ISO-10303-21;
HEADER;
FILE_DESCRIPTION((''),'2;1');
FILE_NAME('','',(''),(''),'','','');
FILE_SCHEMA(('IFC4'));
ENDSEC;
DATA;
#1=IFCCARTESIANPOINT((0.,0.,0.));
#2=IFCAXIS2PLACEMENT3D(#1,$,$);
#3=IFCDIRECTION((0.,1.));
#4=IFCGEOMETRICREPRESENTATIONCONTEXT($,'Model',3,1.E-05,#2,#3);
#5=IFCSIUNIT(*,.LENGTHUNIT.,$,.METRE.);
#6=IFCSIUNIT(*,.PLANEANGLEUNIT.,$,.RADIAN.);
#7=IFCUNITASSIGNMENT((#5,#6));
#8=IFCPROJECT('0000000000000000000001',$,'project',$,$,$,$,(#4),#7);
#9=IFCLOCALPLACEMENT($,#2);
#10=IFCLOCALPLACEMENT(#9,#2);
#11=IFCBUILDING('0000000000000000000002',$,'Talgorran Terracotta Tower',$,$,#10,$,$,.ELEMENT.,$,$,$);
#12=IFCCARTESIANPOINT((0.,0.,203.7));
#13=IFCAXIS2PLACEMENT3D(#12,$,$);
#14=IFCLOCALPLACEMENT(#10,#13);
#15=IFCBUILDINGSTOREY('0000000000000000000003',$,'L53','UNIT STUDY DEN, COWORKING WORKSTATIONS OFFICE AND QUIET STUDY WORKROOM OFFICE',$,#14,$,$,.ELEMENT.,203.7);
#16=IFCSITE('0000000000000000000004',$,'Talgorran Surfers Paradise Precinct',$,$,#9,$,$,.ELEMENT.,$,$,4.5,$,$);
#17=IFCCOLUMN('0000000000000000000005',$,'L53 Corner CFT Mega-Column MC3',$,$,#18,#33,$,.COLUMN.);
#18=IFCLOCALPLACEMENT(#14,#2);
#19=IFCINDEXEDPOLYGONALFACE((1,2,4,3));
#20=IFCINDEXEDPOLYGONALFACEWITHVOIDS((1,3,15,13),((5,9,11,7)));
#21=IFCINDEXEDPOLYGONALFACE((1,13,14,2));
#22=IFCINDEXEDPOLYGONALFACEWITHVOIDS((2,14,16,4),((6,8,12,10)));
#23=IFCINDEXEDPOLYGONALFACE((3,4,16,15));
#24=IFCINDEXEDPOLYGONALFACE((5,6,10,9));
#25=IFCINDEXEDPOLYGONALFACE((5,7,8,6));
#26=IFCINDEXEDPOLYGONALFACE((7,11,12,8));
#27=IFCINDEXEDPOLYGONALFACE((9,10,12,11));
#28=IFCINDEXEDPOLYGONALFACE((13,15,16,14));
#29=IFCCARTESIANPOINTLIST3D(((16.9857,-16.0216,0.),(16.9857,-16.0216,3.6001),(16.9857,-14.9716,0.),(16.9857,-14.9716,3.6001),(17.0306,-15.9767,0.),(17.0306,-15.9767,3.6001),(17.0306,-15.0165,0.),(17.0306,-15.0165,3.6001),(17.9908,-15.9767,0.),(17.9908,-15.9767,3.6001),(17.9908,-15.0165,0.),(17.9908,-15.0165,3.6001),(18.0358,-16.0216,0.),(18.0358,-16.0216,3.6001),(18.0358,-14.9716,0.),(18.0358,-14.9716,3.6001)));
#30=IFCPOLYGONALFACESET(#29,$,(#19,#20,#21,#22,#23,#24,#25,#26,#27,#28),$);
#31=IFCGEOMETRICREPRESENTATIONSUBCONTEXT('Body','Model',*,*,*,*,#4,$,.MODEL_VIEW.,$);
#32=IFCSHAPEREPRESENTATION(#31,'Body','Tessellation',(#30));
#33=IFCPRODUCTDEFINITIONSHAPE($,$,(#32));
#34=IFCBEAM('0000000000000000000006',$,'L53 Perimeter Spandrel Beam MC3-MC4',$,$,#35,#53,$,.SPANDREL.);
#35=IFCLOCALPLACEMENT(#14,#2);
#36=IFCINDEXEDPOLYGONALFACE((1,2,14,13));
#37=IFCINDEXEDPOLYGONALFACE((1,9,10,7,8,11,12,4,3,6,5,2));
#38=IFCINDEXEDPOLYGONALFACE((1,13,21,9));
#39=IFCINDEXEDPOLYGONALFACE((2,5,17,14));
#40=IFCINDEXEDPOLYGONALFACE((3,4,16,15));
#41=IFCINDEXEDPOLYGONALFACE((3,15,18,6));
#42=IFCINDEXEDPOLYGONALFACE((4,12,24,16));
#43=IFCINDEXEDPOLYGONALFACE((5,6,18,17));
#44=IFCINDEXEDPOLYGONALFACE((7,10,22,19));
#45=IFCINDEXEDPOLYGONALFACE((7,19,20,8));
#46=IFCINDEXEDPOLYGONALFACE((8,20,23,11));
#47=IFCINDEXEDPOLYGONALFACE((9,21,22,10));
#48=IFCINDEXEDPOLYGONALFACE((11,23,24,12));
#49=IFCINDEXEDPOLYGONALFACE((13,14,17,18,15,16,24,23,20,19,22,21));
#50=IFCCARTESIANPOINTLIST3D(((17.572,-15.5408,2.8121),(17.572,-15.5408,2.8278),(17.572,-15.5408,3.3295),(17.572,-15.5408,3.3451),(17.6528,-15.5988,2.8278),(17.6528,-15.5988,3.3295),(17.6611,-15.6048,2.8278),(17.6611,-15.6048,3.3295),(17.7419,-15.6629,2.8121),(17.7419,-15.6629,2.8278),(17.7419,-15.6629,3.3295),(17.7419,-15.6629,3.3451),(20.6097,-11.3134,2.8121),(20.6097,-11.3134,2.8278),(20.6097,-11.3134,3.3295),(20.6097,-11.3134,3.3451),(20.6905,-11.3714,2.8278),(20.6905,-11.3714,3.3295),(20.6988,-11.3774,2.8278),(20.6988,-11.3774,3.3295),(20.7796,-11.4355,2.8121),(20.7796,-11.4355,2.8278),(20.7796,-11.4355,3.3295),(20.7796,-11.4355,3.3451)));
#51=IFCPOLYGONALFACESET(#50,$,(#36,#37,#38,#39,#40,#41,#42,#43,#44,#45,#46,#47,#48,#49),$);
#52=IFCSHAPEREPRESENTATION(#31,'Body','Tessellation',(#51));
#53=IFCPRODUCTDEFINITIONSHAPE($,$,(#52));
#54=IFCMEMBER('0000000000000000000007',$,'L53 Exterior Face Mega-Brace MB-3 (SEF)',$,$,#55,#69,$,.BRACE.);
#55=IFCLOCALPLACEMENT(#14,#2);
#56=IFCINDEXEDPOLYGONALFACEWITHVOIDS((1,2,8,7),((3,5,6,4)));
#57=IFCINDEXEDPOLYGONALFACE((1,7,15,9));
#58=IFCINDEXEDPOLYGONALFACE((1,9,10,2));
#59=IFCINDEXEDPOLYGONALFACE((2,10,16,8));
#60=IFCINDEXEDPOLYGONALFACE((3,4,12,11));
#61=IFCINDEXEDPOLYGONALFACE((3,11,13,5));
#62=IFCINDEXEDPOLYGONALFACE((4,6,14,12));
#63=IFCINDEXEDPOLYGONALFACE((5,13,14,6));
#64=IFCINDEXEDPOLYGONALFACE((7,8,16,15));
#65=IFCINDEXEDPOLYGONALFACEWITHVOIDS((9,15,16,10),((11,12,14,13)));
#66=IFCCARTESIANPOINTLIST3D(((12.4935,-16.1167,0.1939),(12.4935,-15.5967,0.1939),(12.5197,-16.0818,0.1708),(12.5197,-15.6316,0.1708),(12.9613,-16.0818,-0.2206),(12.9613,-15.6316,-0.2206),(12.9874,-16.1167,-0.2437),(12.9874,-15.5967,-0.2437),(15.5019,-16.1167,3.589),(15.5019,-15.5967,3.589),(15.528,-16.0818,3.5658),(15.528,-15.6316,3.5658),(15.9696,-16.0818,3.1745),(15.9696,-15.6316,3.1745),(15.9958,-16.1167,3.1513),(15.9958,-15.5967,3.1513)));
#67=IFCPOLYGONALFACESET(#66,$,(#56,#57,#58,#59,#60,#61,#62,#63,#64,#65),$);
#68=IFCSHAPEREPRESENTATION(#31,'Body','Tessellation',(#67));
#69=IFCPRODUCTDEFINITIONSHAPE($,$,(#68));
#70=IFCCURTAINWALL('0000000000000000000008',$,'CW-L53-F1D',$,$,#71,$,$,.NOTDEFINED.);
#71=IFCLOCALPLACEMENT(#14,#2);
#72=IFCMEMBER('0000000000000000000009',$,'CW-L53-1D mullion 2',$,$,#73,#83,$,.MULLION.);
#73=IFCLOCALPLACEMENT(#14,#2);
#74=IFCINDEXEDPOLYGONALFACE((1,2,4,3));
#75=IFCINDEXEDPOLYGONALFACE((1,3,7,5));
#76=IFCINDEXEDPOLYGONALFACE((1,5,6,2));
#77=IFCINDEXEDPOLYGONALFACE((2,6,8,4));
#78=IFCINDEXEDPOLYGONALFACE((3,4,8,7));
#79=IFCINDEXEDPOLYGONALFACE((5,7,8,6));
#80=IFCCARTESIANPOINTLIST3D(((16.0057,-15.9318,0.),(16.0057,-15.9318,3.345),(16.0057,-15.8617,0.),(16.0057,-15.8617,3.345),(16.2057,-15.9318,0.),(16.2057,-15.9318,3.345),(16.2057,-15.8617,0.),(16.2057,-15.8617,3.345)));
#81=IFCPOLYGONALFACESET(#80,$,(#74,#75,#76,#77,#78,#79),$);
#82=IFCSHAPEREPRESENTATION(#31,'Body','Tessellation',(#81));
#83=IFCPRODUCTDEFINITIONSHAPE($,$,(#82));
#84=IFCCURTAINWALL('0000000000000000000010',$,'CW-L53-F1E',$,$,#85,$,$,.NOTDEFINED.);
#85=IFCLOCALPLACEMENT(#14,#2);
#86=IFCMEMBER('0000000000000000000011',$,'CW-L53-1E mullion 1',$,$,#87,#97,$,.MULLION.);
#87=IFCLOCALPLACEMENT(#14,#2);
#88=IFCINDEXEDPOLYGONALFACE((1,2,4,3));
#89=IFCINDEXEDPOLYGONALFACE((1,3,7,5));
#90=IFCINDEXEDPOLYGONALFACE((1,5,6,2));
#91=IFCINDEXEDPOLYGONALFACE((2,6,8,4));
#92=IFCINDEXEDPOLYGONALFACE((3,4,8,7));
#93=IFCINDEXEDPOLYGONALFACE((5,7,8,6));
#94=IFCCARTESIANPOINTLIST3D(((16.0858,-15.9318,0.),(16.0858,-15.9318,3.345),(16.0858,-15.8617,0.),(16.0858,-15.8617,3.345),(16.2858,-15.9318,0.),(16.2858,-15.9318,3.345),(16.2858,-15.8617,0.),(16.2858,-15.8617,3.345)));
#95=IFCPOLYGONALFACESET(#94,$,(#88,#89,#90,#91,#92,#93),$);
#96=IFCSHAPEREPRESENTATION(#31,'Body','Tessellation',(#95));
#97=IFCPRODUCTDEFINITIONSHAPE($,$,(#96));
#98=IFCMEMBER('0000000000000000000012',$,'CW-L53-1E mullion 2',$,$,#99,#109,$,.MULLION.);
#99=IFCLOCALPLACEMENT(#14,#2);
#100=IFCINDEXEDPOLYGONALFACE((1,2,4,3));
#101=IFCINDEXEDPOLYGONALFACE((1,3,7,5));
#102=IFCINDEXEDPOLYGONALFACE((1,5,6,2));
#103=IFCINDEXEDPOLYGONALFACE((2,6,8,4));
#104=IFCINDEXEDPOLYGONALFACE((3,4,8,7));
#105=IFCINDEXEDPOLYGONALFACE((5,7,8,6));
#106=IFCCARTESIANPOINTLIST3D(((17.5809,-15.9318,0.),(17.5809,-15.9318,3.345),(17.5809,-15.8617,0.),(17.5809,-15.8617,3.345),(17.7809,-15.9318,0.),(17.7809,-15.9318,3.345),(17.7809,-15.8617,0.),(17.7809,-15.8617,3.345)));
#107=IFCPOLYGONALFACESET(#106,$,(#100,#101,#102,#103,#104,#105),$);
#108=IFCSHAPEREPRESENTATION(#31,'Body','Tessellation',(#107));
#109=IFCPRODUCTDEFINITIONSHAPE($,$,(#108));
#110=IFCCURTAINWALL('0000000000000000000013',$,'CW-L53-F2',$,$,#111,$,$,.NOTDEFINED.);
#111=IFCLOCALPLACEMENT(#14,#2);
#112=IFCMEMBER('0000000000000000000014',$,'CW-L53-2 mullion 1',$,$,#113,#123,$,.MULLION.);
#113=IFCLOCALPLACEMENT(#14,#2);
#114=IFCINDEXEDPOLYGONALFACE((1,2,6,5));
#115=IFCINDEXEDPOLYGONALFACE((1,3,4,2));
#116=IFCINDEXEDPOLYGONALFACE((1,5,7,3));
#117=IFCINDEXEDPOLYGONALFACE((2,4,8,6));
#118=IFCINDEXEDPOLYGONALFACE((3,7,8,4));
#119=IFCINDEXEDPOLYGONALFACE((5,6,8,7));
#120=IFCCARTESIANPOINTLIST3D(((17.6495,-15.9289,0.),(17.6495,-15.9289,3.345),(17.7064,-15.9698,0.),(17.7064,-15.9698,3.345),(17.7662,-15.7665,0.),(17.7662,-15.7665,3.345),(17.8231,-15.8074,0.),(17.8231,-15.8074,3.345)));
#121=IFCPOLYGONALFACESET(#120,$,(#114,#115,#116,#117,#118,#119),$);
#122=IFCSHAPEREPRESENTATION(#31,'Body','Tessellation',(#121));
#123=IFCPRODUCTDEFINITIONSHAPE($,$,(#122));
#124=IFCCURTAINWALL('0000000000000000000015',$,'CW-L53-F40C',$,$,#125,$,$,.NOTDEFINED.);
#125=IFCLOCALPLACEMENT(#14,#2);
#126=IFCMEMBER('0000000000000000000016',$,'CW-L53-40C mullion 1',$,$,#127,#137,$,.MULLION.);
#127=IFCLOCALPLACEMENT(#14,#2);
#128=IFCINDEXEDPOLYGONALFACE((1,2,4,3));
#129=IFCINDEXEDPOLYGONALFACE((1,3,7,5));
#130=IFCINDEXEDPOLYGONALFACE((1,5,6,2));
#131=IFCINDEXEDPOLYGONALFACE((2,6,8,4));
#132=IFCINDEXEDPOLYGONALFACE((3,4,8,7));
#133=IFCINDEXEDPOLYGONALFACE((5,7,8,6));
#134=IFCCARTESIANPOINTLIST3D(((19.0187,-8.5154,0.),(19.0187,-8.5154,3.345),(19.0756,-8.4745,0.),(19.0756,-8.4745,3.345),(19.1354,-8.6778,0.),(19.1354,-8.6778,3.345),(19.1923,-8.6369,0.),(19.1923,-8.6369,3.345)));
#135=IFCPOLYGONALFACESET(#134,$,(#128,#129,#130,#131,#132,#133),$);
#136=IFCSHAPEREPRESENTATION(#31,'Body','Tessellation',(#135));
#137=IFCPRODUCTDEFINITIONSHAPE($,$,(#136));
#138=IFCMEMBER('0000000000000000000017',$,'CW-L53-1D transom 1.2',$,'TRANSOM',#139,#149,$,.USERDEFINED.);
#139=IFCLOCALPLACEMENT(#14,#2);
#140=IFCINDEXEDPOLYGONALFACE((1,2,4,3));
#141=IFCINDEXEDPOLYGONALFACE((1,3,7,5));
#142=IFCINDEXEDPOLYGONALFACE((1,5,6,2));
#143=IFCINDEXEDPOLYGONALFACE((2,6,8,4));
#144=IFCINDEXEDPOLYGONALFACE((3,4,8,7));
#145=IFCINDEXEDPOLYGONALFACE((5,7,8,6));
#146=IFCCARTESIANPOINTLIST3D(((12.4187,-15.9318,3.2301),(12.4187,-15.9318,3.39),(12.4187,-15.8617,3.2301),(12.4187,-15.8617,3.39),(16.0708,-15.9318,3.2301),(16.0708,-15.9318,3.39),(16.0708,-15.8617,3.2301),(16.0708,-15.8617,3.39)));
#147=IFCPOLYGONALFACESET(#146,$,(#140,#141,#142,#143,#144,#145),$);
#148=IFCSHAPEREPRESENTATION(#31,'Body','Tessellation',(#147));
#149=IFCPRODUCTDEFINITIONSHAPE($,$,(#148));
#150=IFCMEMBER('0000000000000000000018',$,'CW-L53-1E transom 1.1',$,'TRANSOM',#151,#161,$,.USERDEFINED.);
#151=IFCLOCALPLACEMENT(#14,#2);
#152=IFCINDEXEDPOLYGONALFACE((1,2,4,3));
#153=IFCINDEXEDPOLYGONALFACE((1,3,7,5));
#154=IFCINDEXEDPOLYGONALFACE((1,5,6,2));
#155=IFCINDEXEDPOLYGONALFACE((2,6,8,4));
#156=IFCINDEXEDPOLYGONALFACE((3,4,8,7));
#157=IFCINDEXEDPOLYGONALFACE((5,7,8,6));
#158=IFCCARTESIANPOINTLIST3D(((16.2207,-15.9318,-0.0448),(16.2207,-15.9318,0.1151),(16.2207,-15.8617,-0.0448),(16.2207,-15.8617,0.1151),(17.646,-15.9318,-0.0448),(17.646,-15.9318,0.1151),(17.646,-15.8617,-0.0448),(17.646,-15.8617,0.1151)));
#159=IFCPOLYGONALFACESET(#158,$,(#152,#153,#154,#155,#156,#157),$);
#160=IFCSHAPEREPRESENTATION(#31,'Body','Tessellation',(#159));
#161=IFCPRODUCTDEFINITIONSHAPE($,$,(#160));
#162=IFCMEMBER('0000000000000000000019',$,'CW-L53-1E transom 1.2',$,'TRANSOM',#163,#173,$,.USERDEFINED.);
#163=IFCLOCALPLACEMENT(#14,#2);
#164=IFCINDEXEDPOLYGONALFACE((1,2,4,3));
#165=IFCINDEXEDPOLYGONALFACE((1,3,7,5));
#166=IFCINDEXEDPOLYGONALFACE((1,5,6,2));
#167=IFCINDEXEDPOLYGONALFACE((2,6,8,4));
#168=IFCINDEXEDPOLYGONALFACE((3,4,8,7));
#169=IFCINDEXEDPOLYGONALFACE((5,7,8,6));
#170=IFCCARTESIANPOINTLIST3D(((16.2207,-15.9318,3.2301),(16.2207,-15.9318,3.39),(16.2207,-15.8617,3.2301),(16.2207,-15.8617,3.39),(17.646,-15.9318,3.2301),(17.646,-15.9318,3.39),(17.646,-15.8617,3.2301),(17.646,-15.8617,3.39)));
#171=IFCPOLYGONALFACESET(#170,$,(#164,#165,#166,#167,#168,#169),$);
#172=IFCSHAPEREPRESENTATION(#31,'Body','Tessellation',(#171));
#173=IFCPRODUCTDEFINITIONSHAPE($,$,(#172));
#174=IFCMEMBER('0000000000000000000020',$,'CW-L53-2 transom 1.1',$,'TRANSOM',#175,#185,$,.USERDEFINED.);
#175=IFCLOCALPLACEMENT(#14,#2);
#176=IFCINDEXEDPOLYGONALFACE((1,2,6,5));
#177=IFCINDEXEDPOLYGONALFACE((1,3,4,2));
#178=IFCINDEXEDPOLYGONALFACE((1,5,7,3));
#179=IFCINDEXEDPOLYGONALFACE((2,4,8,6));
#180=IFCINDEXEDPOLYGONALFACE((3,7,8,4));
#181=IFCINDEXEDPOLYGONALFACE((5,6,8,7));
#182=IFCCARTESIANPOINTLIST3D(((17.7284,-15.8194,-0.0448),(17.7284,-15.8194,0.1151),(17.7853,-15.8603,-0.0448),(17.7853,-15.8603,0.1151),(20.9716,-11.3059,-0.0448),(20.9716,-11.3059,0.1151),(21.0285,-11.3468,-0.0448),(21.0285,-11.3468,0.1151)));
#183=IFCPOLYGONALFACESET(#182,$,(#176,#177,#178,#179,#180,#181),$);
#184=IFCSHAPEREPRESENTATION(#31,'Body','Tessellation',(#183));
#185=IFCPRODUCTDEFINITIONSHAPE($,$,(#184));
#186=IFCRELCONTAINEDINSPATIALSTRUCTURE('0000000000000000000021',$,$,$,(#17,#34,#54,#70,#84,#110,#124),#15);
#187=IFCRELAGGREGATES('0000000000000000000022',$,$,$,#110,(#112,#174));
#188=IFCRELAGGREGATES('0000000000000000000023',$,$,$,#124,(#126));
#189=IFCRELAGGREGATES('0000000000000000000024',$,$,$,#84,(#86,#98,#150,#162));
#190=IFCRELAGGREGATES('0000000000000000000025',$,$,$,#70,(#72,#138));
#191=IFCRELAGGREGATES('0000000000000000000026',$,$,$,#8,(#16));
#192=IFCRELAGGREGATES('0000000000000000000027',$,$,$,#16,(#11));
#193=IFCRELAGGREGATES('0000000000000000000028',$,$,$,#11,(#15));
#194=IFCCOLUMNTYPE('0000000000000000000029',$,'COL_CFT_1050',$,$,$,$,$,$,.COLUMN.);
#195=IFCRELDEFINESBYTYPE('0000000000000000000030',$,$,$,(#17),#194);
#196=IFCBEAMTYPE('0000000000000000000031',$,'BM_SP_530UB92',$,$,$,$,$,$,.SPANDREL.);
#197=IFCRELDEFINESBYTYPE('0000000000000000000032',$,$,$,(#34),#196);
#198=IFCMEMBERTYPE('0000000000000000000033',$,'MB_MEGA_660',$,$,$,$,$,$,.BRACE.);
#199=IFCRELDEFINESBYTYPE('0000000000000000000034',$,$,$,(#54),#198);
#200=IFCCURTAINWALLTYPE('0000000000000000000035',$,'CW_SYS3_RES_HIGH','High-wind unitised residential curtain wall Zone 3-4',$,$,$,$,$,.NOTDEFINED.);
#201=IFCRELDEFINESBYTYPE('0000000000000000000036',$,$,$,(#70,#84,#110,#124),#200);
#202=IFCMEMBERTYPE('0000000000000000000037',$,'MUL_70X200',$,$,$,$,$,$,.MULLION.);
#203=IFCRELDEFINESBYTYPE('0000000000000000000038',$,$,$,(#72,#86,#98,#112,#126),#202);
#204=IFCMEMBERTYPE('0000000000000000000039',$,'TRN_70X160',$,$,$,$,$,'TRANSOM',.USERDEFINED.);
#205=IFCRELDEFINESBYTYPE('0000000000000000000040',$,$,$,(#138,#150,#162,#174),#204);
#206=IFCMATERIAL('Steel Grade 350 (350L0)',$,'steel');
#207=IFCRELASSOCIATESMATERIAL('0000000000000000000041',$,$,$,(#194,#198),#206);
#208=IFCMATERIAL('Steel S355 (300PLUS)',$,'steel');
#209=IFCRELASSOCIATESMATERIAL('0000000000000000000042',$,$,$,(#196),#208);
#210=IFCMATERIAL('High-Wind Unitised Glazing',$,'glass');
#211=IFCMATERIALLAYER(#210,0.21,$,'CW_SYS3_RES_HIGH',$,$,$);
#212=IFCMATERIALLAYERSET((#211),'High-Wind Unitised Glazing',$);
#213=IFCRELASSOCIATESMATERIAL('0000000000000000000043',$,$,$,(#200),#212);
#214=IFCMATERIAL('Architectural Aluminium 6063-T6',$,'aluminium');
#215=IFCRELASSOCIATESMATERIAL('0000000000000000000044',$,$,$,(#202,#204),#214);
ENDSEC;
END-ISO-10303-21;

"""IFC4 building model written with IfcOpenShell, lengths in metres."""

from ifc_helpers import new_model, si_unit, direction, frame, origin, origin_2d, place, context, subcontext, project, spatial, rectangle, hollow_rectangle, i_section, extrude, material, layer, layer_set, material_profile, profile_set, type_object, element, aggregate, save


model = new_model("IFC4")

# Units and contexts
model_context = context("Model", 3, precision=1e-05, world=origin(), true_north=direction((0.0, 1.0)))
body_context = subcontext(model_context, "Body", "Model", "MODEL_VIEW")
ifc_project = project(units=[si_unit("LENGTHUNIT", "METRE"), si_unit("PLANEANGLEUNIT", "RADIAN")], contexts=[model_context])

# Site, building, storey
site_placement = place(None, origin())
site = spatial("IfcSite", under=ifc_project, at=site_placement, Name="Talgorran Surfers Paradise Precinct", CompositionType="ELEMENT", RefElevation=4.5)
building_placement = place(site_placement, origin())
building = spatial("IfcBuilding", under=site, at=building_placement, Name="Talgorran Terracotta Tower", CompositionType="ELEMENT")
storey_placement = place(building_placement, frame((0.0, 0.0, 203.7)))
storey = spatial("IfcBuildingStorey", under=building, at=storey_placement, Name="L53", Description="UNIT STUDY DEN, COWORKING WORKSTATIONS OFFICE AND QUIET STUDY WORKROOM OFFICE", CompositionType="ELEMENT", Elevation=203.7)

# Column
ifc_material_1 = material(Name="Steel Grade 350 (350L0)", Category="steel")
ifc_material_profile_1 = material_profile(ifc_material_1, hollow_rectangle(XDim=1.05, YDim=1.05, WallThickness=0.0449, at=origin_2d()), Name="CFT1050X1050X45")
ifc_profile_set_1 = profile_set([ifc_material_profile_1], Name="Steel Grade 350 (350L0)")
column_type = type_object("IfcColumnType", Name="COL_CFT_1050", PredefinedType="COLUMN", material=ifc_profile_set_1)
column_placement = place(storey_placement, frame((17.5107, -15.4966, 0.0), z_axis=(0.0, 0.0, 1.0), x_axis=(1.0, 0.0, 0.0)))
element("IfcColumn", 1, at=column_placement, inside=storey, type_object=column_type, Name="L53 Corner CFT Mega-Column MC3", PredefinedType="COLUMN", context=body_context, shape_type="SweptSolid", body=[
    extrude(hollow_rectangle(XDim=1.05, YDim=1.05, WallThickness=0.0449, at=origin_2d()), origin(), (0.0, 0.0, 1.0), 3.6001),
])

# Beam
ifc_material_2 = material(Name="Steel S355 (300PLUS)", Category="steel")
ifc_material_profile_2 = material_profile(ifc_material_2, i_section(OverallWidth=0.2092, OverallDepth=0.533, WebThickness=0.0103, FlangeThickness=0.0156, at=origin_2d()), Name="530UB92.4")
ifc_profile_set_2 = profile_set([ifc_material_profile_2], Name="Steel S355 (300PLUS)")
beam_type = type_object("IfcBeamType", Name="BM_SP_530UB92", PredefinedType="SPANDREL", material=ifc_profile_set_2)
beam_placement = place(storey_placement, frame((17.657, -15.6018, 3.0786), z_axis=(0.583538, 0.812086, 0.0), x_axis=(-0.812086, 0.583538, 0.0)))
element("IfcBeam", 2, at=beam_placement, inside=storey, type_object=beam_type, Name="L53 Perimeter Spandrel Beam MC3-MC4", PredefinedType="SPANDREL", context=body_context, shape_type="SweptSolid", body=[
    extrude(i_section(OverallWidth=0.2092, OverallDepth=0.533, WebThickness=0.0103, FlangeThickness=0.0156, at=origin_2d()), origin(), (0.0, 0.0, 1.0), 5.2056),
])

# Member
ifc_material_profile_3 = material_profile(ifc_material_1, hollow_rectangle(XDim=0.52, YDim=0.6599, WallThickness=0.0349, at=origin_2d()), Name="WBOX660X520X35")
ifc_profile_set_3 = profile_set([ifc_material_profile_3], Name="Steel Grade 350 (350L0)")
member_type_1 = type_object("IfcMemberType", Name="MB_MEGA_660", PredefinedType="BRACE", material=ifc_profile_set_3)
member_1_placement = place(storey_placement, frame((12.7405, -15.8567, -0.0249), z_axis=(0.663194, 0.0, 0.748448), x_axis=(0.0, 1.0, 0.0)))
element("IfcMember", 3, at=member_1_placement, inside=storey, type_object=member_type_1, Name="L53 Exterior Face Mega-Brace MB-3 (SEF)", PredefinedType="BRACE", context=body_context, shape_type="SweptSolid", body=[
    extrude(hollow_rectangle(XDim=0.52, YDim=0.6599, WallThickness=0.0349, at=origin_2d()), origin(), (0.0, 0.0, 1.0), 4.5361),
])

# Curtain wall, member
ifc_material_3 = material(Name="High-Wind Unitised Glazing", Category="glass")
ifc_layer_1 = layer(ifc_material_3, 0.21, Name="CW_SYS3_RES_HIGH")
ifc_layer_set_1 = layer_set([ifc_layer_1], Name="High-Wind Unitised Glazing")
curtain_wall_type = type_object("IfcCurtainWallType", Name="CW_SYS3_RES_HIGH", Description="High-wind unitised residential curtain wall Zone 3-4", PredefinedType="NOTDEFINED", material=ifc_layer_set_1)
curtain_wall_1_placement = place(storey_placement, origin())
curtain_wall_1 = element("IfcCurtainWall", 4, at=curtain_wall_1_placement, inside=storey, type_object=curtain_wall_type, Name="CW-L53-F1D", PredefinedType="NOTDEFINED")
ifc_material_4 = material(Name="Architectural Aluminium 6063-T6", Category="aluminium")
ifc_material_profile_4 = material_profile(ifc_material_4, rectangle(XDim=0.0701, YDim=0.2, at=origin_2d()), Name="CWM70X200")
ifc_profile_set_4 = profile_set([ifc_material_profile_4], Name="Architectural Aluminium 6063-T6")
member_type_2 = type_object("IfcMemberType", Name="MUL_70X200", PredefinedType="MULLION", material=ifc_profile_set_4)
member_2_placement = place(storey_placement, frame((16.1057, -15.8967, 0.0), z_axis=(0.0, 0.0, 1.0), x_axis=(0.0, 1.0, 0.0)))
member_2 = element("IfcMember", 5, at=member_2_placement, type_object=member_type_2, Name="CW-L53-1D mullion 2", PredefinedType="MULLION", context=body_context, shape_type="SweptSolid", body=[
    extrude(rectangle(XDim=0.0701, YDim=0.2, at=origin_2d()), origin(), (0.0, 0.0, 1.0), 3.345),
])

# Curtain wall, members
curtain_wall_2_placement = place(storey_placement, origin())
curtain_wall_2 = element("IfcCurtainWall", 6, at=curtain_wall_2_placement, inside=storey, type_object=curtain_wall_type, Name="CW-L53-F1E", PredefinedType="NOTDEFINED")
member_3_placement = place(storey_placement, frame((16.1858, -15.8967, 0.0), z_axis=(0.0, 0.0, 1.0), x_axis=(0.0, 1.0, 0.0)))
member_3 = element("IfcMember", 7, at=member_3_placement, type_object=member_type_2, Name="CW-L53-1E mullion 1", PredefinedType="MULLION", context=body_context, shape_type="SweptSolid", body=[
    extrude(rectangle(XDim=0.0701, YDim=0.2, at=origin_2d()), origin(), (0.0, 0.0, 1.0), 3.345),
])
member_4_placement = place(storey_placement, frame((17.6809, -15.8967, 0.0), z_axis=(0.0, 0.0, 1.0), x_axis=(0.0, 1.0, 0.0)))
member_4 = element("IfcMember", 8, at=member_4_placement, type_object=member_type_2, Name="CW-L53-1E mullion 2", PredefinedType="MULLION", context=body_context, shape_type="SweptSolid", body=[
    extrude(rectangle(XDim=0.0701, YDim=0.2, at=origin_2d()), origin(), (0.0, 0.0, 1.0), 3.345),
])

# Curtain walls, members
curtain_wall_3_placement = place(storey_placement, origin())
curtain_wall_3 = element("IfcCurtainWall", 9, at=curtain_wall_3_placement, inside=storey, type_object=curtain_wall_type, Name="CW-L53-F2", PredefinedType="NOTDEFINED")
member_5_placement = place(storey_placement, frame((17.7363, -15.8682, 0.0), z_axis=(0.0, 0.0, 1.0), x_axis=(-0.812076, 0.583552, 0.0)))
member_5 = element("IfcMember", 10, at=member_5_placement, type_object=member_type_2, Name="CW-L53-2 mullion 1", PredefinedType="MULLION", context=body_context, shape_type="SweptSolid", body=[
    extrude(rectangle(XDim=0.0701, YDim=0.2, at=origin_2d()), origin(), (0.0, 0.0, 1.0), 3.345),
])
curtain_wall_4_placement = place(storey_placement, origin())
curtain_wall_4 = element("IfcCurtainWall", 11, at=curtain_wall_4_placement, inside=storey, type_object=curtain_wall_type, Name="CW-L53-F40C", PredefinedType="NOTDEFINED")
member_6_placement = place(storey_placement, frame((19.1055, -8.5762, 0.0), z_axis=(0.0, 0.0, 1.0), x_axis=(-0.812076, -0.583552, 0.0)))
member_6 = element("IfcMember", 12, at=member_6_placement, type_object=member_type_2, Name="CW-L53-40C mullion 1", PredefinedType="MULLION", context=body_context, shape_type="SweptSolid", body=[
    extrude(rectangle(XDim=0.0701, YDim=0.2, at=origin_2d()), origin(), (0.0, 0.0, 1.0), 3.345),
])

# Members
ifc_material_profile_5 = material_profile(ifc_material_4, rectangle(XDim=0.0701, YDim=0.1599, at=origin_2d()), Name="CWT70X160")
ifc_profile_set_5 = profile_set([ifc_material_profile_5], Name="Architectural Aluminium 6063-T6")
member_type_3 = type_object("IfcMemberType", Name="TRN_70X160", ElementType="TRANSOM", PredefinedType="USERDEFINED", material=ifc_profile_set_5)
member_7_placement = place(storey_placement, frame((12.4187, -15.8967, 3.3101), z_axis=(1.0, 0.0, 0.0), x_axis=(0.0, 1.0, 0.0)))
member_7 = element("IfcMember", 13, at=member_7_placement, type_object=member_type_3, Name="CW-L53-1D transom 1.2", ObjectType="TRANSOM", PredefinedType="USERDEFINED", context=body_context, shape_type="SweptSolid", body=[
    extrude(rectangle(XDim=0.0701, YDim=0.1599, at=origin_2d()), origin(), (0.0, 0.0, 1.0), 3.6521),
])
member_8_placement = place(storey_placement, frame((16.2207, -15.8967, 0.0352), z_axis=(1.0, 0.0, 0.0), x_axis=(0.0, 1.0, 0.0)))
member_8 = element("IfcMember", 14, at=member_8_placement, type_object=member_type_3, Name="CW-L53-1E transom 1.1", ObjectType="TRANSOM", PredefinedType="USERDEFINED", context=body_context, shape_type="SweptSolid", body=[
    extrude(rectangle(XDim=0.0701, YDim=0.1599, at=origin_2d()), origin(), (0.0, 0.0, 1.0), 1.4253),
])
member_9_placement = place(storey_placement, frame((16.2207, -15.8967, 3.3101), z_axis=(1.0, 0.0, 0.0), x_axis=(0.0, 1.0, 0.0)))
member_9 = element("IfcMember", 15, at=member_9_placement, type_object=member_type_3, Name="CW-L53-1E transom 1.2", ObjectType="TRANSOM", PredefinedType="USERDEFINED", context=body_context, shape_type="SweptSolid", body=[
    extrude(rectangle(XDim=0.0701, YDim=0.1599, at=origin_2d()), origin(), (0.0, 0.0, 1.0), 1.4253),
])
member_10_placement = place(storey_placement, frame((17.7568, -15.8398, 0.0352), z_axis=(0.583534, 0.812089, 0.0), x_axis=(-0.812089, 0.583534, 0.0)))
member_10 = element("IfcMember", 16, at=member_10_placement, type_object=member_type_3, Name="CW-L53-2 transom 1.1", ObjectType="TRANSOM", PredefinedType="USERDEFINED", context=body_context, shape_type="SweptSolid", body=[
    extrude(rectangle(XDim=0.0701, YDim=0.1599, at=origin_2d()), origin(), (0.0, 0.0, 1.0), 5.5579),
])
aggregate(curtain_wall_3, [member_5, member_10])
aggregate(curtain_wall_4, [member_6])

aggregate(curtain_wall_2, [member_3, member_4, member_8, member_9])
aggregate(curtain_wall_1, [member_2, member_7])

save(model, "model.ifc")
